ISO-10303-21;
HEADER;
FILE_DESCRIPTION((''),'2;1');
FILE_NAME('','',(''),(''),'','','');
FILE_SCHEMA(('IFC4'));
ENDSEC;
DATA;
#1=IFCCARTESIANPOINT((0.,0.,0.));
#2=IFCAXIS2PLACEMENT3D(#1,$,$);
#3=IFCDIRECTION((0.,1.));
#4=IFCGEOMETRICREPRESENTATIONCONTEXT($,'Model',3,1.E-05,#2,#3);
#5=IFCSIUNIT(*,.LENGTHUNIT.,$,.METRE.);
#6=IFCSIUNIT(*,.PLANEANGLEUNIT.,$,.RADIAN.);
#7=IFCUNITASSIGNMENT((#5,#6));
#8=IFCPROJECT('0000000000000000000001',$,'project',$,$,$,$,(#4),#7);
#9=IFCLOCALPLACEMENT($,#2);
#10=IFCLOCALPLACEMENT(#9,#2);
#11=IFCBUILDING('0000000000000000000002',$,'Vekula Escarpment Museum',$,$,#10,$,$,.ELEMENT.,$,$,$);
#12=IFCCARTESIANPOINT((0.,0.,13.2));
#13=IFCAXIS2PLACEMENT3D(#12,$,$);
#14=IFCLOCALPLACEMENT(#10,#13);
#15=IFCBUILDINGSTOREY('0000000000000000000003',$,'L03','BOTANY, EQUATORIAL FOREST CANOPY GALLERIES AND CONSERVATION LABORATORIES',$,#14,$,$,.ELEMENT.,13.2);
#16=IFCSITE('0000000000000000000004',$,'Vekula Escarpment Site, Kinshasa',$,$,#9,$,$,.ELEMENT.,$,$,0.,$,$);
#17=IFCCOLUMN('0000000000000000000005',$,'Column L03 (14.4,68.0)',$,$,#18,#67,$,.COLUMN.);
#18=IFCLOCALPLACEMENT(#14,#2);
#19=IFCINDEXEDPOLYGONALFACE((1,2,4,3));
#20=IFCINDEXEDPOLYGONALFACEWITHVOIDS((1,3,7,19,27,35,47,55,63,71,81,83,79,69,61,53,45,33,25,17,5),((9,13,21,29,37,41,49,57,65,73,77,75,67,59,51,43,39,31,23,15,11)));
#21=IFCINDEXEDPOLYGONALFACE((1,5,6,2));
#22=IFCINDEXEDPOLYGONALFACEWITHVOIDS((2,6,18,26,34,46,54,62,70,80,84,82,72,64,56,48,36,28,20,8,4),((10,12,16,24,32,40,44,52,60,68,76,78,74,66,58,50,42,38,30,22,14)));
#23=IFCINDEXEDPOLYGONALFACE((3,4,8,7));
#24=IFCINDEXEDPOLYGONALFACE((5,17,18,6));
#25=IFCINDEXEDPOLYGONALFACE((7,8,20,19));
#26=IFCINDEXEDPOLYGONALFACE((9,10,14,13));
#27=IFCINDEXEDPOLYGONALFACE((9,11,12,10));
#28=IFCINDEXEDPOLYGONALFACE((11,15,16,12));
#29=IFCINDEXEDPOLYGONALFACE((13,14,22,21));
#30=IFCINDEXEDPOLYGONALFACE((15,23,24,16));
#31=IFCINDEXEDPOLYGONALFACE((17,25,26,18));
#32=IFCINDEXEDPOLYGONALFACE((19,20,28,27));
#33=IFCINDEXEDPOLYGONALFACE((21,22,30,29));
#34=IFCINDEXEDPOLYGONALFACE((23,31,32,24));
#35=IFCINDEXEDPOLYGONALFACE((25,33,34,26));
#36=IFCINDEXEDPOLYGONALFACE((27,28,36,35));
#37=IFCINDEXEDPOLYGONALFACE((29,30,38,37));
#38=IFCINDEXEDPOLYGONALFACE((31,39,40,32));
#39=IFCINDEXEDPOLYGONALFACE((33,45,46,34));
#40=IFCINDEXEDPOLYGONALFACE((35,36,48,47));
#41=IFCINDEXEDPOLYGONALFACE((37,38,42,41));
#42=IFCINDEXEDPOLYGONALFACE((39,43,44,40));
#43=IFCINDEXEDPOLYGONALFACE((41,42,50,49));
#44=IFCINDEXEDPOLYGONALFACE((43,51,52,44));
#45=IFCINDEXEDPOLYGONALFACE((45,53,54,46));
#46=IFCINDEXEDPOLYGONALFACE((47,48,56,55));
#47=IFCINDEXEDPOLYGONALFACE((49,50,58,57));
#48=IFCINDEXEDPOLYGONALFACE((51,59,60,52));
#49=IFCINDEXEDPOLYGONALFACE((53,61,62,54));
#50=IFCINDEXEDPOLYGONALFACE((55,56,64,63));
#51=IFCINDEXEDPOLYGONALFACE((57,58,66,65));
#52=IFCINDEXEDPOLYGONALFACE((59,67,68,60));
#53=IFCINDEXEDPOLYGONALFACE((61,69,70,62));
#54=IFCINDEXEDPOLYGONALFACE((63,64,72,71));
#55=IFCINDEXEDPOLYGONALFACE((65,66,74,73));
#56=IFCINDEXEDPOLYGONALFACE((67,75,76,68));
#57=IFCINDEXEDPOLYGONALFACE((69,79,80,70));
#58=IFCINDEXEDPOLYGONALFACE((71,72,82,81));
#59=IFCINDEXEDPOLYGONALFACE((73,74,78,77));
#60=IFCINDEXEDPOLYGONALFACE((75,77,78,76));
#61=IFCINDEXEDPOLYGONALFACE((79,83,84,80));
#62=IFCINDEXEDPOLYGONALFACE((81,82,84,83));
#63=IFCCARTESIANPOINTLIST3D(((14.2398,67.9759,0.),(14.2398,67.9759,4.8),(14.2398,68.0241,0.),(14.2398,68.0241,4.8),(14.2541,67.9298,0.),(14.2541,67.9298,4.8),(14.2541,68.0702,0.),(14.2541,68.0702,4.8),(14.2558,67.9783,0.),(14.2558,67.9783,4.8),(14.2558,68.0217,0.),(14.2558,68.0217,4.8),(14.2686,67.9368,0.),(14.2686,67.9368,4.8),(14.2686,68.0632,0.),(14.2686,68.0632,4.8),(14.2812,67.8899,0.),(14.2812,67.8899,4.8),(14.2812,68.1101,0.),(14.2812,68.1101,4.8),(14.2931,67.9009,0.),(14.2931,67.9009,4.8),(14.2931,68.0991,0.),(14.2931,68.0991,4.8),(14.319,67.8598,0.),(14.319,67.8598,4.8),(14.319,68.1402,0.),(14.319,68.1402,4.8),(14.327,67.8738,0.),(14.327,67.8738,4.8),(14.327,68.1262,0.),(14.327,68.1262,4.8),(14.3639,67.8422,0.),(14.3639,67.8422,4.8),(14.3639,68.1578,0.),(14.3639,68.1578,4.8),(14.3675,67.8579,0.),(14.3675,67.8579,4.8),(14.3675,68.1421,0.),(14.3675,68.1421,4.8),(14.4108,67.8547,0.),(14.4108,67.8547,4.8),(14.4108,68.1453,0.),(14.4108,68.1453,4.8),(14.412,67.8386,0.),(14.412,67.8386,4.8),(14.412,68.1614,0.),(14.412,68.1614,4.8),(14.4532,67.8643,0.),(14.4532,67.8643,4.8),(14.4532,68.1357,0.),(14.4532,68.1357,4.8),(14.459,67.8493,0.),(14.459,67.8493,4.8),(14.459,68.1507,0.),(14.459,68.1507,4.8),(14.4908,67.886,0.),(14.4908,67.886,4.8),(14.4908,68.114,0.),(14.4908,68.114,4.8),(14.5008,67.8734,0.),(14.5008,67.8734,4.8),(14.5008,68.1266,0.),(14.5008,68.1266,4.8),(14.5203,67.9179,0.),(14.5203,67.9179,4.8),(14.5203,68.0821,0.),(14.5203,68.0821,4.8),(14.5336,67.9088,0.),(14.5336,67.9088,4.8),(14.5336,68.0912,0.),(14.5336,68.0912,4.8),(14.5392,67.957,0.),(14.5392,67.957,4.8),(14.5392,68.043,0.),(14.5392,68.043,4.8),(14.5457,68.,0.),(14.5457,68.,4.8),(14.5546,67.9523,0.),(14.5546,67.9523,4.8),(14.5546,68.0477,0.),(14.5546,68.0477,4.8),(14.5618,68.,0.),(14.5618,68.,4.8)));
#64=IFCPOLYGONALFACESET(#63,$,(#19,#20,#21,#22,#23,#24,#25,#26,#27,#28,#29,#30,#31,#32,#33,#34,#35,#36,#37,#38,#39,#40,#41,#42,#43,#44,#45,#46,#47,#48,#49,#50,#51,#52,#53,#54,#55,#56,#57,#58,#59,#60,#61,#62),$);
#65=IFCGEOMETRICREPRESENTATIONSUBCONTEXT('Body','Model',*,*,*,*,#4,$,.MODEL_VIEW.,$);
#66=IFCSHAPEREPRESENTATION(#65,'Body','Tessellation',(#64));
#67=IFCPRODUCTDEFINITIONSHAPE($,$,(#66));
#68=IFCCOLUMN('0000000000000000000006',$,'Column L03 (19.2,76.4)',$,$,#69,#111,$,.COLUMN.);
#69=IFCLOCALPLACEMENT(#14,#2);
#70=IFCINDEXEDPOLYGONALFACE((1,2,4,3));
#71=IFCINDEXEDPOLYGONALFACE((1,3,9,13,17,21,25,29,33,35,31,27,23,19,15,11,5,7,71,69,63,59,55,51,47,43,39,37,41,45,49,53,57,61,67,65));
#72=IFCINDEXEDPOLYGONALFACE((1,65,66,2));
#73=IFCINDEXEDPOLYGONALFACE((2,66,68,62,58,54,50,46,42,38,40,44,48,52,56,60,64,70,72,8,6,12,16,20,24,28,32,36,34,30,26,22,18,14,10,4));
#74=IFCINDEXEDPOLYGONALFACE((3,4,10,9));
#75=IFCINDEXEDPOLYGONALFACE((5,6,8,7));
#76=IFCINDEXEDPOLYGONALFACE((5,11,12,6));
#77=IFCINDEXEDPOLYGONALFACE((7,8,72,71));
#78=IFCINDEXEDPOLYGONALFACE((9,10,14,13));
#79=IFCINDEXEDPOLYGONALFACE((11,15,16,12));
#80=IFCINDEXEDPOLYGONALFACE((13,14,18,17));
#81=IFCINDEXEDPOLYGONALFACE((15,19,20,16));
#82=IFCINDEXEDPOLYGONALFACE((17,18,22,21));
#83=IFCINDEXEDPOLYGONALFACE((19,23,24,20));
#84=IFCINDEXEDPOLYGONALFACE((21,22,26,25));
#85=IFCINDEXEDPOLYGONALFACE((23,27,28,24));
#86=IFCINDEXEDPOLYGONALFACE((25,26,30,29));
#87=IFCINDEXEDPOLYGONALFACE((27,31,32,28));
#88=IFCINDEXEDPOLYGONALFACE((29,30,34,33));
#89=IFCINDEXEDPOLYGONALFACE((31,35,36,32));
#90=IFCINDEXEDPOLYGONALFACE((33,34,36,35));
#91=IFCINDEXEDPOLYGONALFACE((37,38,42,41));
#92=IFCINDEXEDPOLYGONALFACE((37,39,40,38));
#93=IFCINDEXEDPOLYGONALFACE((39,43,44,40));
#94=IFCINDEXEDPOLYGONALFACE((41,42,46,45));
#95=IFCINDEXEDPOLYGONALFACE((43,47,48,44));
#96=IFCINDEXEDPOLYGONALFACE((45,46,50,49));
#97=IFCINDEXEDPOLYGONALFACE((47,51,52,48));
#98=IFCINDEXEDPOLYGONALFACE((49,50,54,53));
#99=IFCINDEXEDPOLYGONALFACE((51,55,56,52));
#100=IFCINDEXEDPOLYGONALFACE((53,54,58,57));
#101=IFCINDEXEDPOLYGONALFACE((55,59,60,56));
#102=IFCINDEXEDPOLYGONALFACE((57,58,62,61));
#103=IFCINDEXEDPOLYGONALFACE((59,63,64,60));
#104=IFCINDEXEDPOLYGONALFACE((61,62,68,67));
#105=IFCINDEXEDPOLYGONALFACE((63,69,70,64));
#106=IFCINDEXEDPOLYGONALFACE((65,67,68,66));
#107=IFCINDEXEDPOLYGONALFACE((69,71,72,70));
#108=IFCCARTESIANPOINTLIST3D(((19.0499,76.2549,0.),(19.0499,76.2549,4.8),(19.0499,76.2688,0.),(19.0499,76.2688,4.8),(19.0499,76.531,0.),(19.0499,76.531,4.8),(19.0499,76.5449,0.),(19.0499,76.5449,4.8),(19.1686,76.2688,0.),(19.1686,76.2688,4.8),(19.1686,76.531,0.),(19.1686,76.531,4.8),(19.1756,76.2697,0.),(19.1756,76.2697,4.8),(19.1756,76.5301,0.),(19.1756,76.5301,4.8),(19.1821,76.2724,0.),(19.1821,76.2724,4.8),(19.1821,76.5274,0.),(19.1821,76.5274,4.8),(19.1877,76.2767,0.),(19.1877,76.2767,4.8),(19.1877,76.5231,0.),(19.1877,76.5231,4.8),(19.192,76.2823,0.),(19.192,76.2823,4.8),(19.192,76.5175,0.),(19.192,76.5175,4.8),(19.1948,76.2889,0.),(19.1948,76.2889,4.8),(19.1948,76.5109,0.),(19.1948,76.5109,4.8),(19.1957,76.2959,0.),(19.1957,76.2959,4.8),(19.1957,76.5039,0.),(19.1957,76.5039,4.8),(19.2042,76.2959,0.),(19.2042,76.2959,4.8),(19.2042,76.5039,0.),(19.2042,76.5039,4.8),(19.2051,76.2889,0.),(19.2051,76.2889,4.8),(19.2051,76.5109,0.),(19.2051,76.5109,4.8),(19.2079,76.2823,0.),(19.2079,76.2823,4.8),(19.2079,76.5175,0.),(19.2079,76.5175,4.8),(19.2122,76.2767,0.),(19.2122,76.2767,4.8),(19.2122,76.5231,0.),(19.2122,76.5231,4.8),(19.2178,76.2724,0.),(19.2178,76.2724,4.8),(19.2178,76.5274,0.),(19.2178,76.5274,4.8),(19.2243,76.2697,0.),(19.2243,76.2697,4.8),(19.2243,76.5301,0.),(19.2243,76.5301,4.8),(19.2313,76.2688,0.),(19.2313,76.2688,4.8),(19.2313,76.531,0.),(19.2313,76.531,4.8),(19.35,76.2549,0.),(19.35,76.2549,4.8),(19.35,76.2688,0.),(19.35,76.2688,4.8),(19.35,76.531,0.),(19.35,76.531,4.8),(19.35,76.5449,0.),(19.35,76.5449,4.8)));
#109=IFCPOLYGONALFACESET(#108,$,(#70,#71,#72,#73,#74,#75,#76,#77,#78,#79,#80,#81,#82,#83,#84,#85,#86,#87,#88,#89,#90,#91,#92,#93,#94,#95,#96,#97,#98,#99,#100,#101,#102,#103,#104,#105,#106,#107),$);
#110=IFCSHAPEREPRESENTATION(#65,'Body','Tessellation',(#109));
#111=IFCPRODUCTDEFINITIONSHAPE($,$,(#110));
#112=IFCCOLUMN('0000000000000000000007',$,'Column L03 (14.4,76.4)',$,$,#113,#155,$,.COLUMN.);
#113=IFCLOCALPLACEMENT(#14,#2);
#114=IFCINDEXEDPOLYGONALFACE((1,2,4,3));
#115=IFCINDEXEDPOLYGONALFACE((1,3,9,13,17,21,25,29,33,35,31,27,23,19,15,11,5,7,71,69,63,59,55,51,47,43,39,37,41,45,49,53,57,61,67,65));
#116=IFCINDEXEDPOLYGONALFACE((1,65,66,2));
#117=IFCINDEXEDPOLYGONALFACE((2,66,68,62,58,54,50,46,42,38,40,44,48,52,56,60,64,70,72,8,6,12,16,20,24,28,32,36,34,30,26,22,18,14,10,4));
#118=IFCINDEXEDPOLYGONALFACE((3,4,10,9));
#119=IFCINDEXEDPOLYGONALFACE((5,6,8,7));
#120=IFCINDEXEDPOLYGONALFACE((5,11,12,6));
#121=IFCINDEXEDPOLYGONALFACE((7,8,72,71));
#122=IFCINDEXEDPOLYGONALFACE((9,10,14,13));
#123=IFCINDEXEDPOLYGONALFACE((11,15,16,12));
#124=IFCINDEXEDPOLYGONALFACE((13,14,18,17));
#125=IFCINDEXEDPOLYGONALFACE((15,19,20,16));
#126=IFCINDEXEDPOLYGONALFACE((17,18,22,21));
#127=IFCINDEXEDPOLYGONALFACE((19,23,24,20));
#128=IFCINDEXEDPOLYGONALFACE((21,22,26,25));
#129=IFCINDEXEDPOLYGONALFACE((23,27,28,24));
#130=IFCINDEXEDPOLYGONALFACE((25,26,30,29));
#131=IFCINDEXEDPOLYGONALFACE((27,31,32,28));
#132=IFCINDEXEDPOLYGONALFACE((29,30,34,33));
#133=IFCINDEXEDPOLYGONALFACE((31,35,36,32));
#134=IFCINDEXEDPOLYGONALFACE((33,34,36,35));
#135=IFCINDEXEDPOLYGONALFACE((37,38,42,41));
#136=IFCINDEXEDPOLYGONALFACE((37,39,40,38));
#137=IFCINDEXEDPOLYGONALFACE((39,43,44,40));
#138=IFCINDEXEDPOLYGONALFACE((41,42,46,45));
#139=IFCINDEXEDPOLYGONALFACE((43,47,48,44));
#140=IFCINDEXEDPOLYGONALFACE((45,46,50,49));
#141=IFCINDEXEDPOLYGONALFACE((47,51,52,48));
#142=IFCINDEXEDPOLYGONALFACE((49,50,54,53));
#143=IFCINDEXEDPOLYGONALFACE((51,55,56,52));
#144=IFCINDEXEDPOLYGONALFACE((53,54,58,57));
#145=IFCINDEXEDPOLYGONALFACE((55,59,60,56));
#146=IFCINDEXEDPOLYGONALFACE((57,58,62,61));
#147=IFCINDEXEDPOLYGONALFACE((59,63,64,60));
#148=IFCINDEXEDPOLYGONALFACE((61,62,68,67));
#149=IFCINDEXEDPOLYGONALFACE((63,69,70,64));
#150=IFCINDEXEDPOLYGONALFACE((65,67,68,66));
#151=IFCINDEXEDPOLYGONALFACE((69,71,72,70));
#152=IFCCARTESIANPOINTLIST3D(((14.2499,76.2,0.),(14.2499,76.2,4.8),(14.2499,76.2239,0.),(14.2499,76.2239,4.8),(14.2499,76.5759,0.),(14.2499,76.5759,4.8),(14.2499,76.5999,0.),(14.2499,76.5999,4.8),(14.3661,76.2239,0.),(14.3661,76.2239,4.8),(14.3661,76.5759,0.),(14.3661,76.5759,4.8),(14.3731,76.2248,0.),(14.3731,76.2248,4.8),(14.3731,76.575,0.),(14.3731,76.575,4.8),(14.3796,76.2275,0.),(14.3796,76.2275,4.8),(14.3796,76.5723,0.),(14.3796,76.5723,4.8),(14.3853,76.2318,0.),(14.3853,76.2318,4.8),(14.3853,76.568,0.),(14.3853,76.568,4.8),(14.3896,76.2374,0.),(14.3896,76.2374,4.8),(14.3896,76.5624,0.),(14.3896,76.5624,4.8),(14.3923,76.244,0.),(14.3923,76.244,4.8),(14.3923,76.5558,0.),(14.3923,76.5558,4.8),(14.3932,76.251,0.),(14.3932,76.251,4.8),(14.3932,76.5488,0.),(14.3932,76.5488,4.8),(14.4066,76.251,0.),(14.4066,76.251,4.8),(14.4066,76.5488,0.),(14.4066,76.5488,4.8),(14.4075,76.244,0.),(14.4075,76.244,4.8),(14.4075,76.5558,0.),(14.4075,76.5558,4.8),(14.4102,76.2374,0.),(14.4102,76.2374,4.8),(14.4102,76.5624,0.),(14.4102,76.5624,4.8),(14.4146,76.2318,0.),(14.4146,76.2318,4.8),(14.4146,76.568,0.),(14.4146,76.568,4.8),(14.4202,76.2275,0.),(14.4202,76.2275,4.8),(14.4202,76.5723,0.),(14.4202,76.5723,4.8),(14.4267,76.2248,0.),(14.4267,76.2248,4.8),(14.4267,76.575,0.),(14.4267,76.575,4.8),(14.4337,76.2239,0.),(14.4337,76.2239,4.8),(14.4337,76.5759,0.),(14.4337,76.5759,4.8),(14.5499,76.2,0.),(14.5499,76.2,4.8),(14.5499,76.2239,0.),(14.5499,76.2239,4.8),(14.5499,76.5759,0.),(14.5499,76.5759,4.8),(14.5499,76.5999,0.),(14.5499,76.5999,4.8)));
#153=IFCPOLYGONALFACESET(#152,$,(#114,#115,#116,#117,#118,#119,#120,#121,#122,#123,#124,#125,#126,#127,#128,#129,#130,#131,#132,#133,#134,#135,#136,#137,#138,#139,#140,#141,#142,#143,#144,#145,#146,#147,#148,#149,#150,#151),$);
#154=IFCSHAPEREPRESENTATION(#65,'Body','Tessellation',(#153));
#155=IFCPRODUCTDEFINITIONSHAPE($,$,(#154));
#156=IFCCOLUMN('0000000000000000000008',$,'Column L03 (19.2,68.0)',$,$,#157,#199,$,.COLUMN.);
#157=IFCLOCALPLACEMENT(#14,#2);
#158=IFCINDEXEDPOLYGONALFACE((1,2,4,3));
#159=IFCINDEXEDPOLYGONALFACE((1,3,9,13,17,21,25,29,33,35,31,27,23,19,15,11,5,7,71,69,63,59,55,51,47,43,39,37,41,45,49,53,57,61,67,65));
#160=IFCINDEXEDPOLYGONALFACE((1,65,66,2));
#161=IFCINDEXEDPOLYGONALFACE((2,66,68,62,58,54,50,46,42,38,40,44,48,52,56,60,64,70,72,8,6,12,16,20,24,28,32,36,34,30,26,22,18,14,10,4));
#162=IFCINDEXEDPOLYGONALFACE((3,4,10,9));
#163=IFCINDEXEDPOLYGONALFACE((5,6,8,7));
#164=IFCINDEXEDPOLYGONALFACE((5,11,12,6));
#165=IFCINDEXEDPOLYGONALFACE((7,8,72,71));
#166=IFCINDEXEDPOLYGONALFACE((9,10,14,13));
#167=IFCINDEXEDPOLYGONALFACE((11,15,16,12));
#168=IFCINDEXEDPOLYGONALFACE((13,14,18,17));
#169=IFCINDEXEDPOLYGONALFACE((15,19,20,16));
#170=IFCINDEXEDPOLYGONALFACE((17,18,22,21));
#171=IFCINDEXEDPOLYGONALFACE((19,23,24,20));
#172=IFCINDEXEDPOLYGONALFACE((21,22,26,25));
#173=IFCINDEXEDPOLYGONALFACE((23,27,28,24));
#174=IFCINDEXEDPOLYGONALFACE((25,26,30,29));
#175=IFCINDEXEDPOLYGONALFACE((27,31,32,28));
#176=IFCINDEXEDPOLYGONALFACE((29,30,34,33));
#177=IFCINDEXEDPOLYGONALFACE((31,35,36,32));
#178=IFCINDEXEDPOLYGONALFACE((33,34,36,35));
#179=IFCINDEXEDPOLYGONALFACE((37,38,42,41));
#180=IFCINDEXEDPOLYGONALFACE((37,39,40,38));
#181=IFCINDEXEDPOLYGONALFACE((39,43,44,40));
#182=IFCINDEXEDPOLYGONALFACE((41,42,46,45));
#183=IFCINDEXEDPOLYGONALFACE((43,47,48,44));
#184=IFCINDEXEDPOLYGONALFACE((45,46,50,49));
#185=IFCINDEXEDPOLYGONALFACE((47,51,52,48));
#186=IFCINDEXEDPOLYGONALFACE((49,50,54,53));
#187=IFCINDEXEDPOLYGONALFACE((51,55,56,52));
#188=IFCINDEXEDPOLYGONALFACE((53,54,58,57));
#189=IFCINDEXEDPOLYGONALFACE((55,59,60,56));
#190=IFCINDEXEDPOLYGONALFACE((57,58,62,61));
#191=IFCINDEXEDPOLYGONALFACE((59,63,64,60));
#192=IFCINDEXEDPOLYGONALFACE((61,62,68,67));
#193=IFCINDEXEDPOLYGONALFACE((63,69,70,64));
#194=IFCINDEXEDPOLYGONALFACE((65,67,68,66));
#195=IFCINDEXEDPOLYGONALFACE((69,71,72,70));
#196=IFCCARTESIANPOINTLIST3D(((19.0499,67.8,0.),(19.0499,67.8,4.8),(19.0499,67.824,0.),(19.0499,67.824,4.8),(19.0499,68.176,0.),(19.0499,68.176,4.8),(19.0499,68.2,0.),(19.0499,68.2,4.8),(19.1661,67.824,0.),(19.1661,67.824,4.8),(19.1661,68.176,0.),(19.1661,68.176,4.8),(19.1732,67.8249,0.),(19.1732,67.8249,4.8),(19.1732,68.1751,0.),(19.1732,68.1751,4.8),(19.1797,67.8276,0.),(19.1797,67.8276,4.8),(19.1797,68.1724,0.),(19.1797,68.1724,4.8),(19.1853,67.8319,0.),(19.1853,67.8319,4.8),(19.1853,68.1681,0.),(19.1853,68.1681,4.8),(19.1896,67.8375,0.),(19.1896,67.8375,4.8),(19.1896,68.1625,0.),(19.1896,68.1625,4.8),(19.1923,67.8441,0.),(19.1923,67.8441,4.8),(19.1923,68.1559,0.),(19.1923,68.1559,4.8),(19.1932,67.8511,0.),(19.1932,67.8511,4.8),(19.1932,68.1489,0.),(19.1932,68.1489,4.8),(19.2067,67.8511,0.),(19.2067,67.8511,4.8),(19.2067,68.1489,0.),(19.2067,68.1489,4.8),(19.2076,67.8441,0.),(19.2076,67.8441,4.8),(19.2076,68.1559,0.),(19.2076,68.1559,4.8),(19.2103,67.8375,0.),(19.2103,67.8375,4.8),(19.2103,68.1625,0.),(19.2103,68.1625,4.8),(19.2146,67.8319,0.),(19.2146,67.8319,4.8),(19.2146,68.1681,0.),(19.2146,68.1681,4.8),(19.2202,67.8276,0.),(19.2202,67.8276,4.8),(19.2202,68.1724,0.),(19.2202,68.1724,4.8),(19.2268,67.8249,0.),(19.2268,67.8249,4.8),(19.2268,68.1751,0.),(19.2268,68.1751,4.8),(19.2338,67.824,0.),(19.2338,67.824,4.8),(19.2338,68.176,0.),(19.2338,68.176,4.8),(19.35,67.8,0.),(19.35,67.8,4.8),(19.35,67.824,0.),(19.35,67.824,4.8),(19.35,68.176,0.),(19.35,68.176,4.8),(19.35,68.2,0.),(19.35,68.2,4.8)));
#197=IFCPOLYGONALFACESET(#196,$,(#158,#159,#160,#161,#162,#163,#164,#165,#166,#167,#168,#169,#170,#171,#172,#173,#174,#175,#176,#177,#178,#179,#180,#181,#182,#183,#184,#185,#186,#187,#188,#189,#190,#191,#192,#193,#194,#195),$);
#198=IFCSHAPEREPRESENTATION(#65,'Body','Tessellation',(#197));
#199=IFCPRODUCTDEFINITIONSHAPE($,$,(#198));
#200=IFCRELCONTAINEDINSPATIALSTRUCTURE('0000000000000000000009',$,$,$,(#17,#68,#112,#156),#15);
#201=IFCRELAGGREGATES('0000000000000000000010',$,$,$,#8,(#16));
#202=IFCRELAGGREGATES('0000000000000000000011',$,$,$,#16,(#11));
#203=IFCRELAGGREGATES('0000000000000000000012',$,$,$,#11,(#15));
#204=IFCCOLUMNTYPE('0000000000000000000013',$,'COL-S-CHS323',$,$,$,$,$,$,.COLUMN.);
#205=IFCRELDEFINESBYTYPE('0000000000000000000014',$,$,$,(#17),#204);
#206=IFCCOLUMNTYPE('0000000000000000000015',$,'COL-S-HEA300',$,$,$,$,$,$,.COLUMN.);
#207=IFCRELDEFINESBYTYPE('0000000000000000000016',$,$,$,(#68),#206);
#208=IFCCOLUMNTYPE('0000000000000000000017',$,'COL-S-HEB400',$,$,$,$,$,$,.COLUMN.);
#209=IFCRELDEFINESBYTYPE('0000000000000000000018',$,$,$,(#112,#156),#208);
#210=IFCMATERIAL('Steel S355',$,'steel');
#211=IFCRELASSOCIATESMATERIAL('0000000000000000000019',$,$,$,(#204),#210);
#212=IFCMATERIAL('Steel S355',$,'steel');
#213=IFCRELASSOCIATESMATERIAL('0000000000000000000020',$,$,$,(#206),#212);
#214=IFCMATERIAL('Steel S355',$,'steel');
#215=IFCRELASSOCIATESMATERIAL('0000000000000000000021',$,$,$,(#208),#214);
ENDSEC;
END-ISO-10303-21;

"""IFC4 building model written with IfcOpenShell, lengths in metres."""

from ifc_helpers import new_model, si_unit, direction, frame, origin, origin_2d, place, context, subcontext, project, spatial, hollow_circle, i_section, extrude, material, material_profile, profile_set, type_object, element, save


model = new_model("IFC4")

# Units and contexts
model_context = context("Model", 3, precision=1e-05, world=origin(), true_north=direction((0.0, 1.0)))
body_context = subcontext(model_context, "Body", "Model", "MODEL_VIEW")
ifc_project = project(units=[si_unit("LENGTHUNIT", "METRE"), si_unit("PLANEANGLEUNIT", "RADIAN")], contexts=[model_context])

# Site, building, storey
site_placement = place(None, origin())
site = spatial("IfcSite", under=ifc_project, at=site_placement, Name="Vekula Escarpment Site, Kinshasa", CompositionType="ELEMENT", RefElevation=0.0)
building_placement = place(site_placement, origin())
building = spatial("IfcBuilding", under=site, at=building_placement, Name="Vekula Escarpment Museum", CompositionType="ELEMENT")
storey_placement = place(building_placement, frame((0.0, 0.0, 13.2)))
storey = spatial("IfcBuildingStorey", under=building, at=storey_placement, Name="L03", Description="BOTANY, EQUATORIAL FOREST CANOPY GALLERIES AND CONSERVATION LABORATORIES", CompositionType="ELEMENT", Elevation=13.2)

# Columns
ifc_material_1 = material(Name="Steel S355", Category="steel")
ifc_material_profile_1 = material_profile(ifc_material_1, hollow_circle(Radius=0.1619, WallThickness=0.0161, at=origin_2d()), Name="CHS 323.9x16")
ifc_profile_set_1 = profile_set([ifc_material_profile_1], Name="Steel S355")
column_type_1 = type_object("IfcColumnType", Name="COL-S-CHS323", PredefinedType="COLUMN", material=ifc_profile_set_1)
column_1_placement = place(storey_placement, frame((14.3999, 68.0, 0.0), z_axis=(0.0, 0.0, 1.0), x_axis=(1.0, 0.0, 0.0)))
element("IfcColumn", 1, at=column_1_placement, inside=storey, type_object=column_type_1, Name="Column L03 (14.4,68.0)", PredefinedType="COLUMN", context=body_context, shape_type="SweptSolid", body=[
    extrude(hollow_circle(Radius=0.1619, WallThickness=0.0161, at=origin_2d()), origin(), (0.0, 0.0, 1.0), 4.8),
])
ifc_material_2 = material(Name="Steel S355", Category="steel")
ifc_material_profile_2 = material_profile(ifc_material_2, i_section(OverallWidth=0.3, OverallDepth=0.29, WebThickness=0.0085, FlangeThickness=0.0139, FilletRadius=0.0271, at=origin_2d()), Name="HEA 300")
ifc_profile_set_2 = profile_set([ifc_material_profile_2], Name="Steel S355")
column_type_2 = type_object("IfcColumnType", Name="COL-S-HEA300", PredefinedType="COLUMN", material=ifc_profile_set_2)
column_2_placement = place(storey_placement, frame((19.2, 76.3999, 0.0), z_axis=(0.0, 0.0, 1.0), x_axis=(1.0, 0.0, 0.0)))
element("IfcColumn", 2, at=column_2_placement, inside=storey, type_object=column_type_2, Name="Column L03 (19.2,76.4)", PredefinedType="COLUMN", context=body_context, shape_type="SweptSolid", body=[
    extrude(i_section(OverallWidth=0.3, OverallDepth=0.29, WebThickness=0.0085, FlangeThickness=0.0139, FilletRadius=0.0271, at=origin_2d()), origin(), (0.0, 0.0, 1.0), 4.8),
])
ifc_material_3 = material(Name="Steel S355", Category="steel")
ifc_material_profile_3 = material_profile(ifc_material_3, i_section(OverallWidth=0.3, OverallDepth=0.3999, WebThickness=0.0134, FlangeThickness=0.0239, FilletRadius=0.0271, at=origin_2d()), Name="HEB 400")
ifc_profile_set_3 = profile_set([ifc_material_profile_3], Name="Steel S355")
column_type_3 = type_object("IfcColumnType", Name="COL-S-HEB400", PredefinedType="COLUMN", material=ifc_profile_set_3)
for number, where, z_axis, x_axis, name in (
    (3, (14.3999, 76.3999, 0.0), (0.0, 0.0, 1.0), (1.0, 0.0, 0.0), "Column L03 (14.4,76.4)"),
    (4, (19.2, 68.0, 0.0), (0.0, 0.0, 1.0), (1.0, 0.0, 0.0), "Column L03 (19.2,68.0)"),
):
    element("IfcColumn", number, at=place(storey_placement, frame(where, z_axis=z_axis, x_axis=x_axis)), inside=storey, type_object=column_type_3, Name=name, PredefinedType="COLUMN", context=body_context, shape_type="SweptSolid", body=[
        extrude(i_section(OverallWidth=0.3, OverallDepth=0.3999, WebThickness=0.0134, FlangeThickness=0.0239, FilletRadius=0.0271, at=origin_2d()), origin(), (0.0, 0.0, 1.0), 4.8),
    ])

save(model, "model.ifc")
